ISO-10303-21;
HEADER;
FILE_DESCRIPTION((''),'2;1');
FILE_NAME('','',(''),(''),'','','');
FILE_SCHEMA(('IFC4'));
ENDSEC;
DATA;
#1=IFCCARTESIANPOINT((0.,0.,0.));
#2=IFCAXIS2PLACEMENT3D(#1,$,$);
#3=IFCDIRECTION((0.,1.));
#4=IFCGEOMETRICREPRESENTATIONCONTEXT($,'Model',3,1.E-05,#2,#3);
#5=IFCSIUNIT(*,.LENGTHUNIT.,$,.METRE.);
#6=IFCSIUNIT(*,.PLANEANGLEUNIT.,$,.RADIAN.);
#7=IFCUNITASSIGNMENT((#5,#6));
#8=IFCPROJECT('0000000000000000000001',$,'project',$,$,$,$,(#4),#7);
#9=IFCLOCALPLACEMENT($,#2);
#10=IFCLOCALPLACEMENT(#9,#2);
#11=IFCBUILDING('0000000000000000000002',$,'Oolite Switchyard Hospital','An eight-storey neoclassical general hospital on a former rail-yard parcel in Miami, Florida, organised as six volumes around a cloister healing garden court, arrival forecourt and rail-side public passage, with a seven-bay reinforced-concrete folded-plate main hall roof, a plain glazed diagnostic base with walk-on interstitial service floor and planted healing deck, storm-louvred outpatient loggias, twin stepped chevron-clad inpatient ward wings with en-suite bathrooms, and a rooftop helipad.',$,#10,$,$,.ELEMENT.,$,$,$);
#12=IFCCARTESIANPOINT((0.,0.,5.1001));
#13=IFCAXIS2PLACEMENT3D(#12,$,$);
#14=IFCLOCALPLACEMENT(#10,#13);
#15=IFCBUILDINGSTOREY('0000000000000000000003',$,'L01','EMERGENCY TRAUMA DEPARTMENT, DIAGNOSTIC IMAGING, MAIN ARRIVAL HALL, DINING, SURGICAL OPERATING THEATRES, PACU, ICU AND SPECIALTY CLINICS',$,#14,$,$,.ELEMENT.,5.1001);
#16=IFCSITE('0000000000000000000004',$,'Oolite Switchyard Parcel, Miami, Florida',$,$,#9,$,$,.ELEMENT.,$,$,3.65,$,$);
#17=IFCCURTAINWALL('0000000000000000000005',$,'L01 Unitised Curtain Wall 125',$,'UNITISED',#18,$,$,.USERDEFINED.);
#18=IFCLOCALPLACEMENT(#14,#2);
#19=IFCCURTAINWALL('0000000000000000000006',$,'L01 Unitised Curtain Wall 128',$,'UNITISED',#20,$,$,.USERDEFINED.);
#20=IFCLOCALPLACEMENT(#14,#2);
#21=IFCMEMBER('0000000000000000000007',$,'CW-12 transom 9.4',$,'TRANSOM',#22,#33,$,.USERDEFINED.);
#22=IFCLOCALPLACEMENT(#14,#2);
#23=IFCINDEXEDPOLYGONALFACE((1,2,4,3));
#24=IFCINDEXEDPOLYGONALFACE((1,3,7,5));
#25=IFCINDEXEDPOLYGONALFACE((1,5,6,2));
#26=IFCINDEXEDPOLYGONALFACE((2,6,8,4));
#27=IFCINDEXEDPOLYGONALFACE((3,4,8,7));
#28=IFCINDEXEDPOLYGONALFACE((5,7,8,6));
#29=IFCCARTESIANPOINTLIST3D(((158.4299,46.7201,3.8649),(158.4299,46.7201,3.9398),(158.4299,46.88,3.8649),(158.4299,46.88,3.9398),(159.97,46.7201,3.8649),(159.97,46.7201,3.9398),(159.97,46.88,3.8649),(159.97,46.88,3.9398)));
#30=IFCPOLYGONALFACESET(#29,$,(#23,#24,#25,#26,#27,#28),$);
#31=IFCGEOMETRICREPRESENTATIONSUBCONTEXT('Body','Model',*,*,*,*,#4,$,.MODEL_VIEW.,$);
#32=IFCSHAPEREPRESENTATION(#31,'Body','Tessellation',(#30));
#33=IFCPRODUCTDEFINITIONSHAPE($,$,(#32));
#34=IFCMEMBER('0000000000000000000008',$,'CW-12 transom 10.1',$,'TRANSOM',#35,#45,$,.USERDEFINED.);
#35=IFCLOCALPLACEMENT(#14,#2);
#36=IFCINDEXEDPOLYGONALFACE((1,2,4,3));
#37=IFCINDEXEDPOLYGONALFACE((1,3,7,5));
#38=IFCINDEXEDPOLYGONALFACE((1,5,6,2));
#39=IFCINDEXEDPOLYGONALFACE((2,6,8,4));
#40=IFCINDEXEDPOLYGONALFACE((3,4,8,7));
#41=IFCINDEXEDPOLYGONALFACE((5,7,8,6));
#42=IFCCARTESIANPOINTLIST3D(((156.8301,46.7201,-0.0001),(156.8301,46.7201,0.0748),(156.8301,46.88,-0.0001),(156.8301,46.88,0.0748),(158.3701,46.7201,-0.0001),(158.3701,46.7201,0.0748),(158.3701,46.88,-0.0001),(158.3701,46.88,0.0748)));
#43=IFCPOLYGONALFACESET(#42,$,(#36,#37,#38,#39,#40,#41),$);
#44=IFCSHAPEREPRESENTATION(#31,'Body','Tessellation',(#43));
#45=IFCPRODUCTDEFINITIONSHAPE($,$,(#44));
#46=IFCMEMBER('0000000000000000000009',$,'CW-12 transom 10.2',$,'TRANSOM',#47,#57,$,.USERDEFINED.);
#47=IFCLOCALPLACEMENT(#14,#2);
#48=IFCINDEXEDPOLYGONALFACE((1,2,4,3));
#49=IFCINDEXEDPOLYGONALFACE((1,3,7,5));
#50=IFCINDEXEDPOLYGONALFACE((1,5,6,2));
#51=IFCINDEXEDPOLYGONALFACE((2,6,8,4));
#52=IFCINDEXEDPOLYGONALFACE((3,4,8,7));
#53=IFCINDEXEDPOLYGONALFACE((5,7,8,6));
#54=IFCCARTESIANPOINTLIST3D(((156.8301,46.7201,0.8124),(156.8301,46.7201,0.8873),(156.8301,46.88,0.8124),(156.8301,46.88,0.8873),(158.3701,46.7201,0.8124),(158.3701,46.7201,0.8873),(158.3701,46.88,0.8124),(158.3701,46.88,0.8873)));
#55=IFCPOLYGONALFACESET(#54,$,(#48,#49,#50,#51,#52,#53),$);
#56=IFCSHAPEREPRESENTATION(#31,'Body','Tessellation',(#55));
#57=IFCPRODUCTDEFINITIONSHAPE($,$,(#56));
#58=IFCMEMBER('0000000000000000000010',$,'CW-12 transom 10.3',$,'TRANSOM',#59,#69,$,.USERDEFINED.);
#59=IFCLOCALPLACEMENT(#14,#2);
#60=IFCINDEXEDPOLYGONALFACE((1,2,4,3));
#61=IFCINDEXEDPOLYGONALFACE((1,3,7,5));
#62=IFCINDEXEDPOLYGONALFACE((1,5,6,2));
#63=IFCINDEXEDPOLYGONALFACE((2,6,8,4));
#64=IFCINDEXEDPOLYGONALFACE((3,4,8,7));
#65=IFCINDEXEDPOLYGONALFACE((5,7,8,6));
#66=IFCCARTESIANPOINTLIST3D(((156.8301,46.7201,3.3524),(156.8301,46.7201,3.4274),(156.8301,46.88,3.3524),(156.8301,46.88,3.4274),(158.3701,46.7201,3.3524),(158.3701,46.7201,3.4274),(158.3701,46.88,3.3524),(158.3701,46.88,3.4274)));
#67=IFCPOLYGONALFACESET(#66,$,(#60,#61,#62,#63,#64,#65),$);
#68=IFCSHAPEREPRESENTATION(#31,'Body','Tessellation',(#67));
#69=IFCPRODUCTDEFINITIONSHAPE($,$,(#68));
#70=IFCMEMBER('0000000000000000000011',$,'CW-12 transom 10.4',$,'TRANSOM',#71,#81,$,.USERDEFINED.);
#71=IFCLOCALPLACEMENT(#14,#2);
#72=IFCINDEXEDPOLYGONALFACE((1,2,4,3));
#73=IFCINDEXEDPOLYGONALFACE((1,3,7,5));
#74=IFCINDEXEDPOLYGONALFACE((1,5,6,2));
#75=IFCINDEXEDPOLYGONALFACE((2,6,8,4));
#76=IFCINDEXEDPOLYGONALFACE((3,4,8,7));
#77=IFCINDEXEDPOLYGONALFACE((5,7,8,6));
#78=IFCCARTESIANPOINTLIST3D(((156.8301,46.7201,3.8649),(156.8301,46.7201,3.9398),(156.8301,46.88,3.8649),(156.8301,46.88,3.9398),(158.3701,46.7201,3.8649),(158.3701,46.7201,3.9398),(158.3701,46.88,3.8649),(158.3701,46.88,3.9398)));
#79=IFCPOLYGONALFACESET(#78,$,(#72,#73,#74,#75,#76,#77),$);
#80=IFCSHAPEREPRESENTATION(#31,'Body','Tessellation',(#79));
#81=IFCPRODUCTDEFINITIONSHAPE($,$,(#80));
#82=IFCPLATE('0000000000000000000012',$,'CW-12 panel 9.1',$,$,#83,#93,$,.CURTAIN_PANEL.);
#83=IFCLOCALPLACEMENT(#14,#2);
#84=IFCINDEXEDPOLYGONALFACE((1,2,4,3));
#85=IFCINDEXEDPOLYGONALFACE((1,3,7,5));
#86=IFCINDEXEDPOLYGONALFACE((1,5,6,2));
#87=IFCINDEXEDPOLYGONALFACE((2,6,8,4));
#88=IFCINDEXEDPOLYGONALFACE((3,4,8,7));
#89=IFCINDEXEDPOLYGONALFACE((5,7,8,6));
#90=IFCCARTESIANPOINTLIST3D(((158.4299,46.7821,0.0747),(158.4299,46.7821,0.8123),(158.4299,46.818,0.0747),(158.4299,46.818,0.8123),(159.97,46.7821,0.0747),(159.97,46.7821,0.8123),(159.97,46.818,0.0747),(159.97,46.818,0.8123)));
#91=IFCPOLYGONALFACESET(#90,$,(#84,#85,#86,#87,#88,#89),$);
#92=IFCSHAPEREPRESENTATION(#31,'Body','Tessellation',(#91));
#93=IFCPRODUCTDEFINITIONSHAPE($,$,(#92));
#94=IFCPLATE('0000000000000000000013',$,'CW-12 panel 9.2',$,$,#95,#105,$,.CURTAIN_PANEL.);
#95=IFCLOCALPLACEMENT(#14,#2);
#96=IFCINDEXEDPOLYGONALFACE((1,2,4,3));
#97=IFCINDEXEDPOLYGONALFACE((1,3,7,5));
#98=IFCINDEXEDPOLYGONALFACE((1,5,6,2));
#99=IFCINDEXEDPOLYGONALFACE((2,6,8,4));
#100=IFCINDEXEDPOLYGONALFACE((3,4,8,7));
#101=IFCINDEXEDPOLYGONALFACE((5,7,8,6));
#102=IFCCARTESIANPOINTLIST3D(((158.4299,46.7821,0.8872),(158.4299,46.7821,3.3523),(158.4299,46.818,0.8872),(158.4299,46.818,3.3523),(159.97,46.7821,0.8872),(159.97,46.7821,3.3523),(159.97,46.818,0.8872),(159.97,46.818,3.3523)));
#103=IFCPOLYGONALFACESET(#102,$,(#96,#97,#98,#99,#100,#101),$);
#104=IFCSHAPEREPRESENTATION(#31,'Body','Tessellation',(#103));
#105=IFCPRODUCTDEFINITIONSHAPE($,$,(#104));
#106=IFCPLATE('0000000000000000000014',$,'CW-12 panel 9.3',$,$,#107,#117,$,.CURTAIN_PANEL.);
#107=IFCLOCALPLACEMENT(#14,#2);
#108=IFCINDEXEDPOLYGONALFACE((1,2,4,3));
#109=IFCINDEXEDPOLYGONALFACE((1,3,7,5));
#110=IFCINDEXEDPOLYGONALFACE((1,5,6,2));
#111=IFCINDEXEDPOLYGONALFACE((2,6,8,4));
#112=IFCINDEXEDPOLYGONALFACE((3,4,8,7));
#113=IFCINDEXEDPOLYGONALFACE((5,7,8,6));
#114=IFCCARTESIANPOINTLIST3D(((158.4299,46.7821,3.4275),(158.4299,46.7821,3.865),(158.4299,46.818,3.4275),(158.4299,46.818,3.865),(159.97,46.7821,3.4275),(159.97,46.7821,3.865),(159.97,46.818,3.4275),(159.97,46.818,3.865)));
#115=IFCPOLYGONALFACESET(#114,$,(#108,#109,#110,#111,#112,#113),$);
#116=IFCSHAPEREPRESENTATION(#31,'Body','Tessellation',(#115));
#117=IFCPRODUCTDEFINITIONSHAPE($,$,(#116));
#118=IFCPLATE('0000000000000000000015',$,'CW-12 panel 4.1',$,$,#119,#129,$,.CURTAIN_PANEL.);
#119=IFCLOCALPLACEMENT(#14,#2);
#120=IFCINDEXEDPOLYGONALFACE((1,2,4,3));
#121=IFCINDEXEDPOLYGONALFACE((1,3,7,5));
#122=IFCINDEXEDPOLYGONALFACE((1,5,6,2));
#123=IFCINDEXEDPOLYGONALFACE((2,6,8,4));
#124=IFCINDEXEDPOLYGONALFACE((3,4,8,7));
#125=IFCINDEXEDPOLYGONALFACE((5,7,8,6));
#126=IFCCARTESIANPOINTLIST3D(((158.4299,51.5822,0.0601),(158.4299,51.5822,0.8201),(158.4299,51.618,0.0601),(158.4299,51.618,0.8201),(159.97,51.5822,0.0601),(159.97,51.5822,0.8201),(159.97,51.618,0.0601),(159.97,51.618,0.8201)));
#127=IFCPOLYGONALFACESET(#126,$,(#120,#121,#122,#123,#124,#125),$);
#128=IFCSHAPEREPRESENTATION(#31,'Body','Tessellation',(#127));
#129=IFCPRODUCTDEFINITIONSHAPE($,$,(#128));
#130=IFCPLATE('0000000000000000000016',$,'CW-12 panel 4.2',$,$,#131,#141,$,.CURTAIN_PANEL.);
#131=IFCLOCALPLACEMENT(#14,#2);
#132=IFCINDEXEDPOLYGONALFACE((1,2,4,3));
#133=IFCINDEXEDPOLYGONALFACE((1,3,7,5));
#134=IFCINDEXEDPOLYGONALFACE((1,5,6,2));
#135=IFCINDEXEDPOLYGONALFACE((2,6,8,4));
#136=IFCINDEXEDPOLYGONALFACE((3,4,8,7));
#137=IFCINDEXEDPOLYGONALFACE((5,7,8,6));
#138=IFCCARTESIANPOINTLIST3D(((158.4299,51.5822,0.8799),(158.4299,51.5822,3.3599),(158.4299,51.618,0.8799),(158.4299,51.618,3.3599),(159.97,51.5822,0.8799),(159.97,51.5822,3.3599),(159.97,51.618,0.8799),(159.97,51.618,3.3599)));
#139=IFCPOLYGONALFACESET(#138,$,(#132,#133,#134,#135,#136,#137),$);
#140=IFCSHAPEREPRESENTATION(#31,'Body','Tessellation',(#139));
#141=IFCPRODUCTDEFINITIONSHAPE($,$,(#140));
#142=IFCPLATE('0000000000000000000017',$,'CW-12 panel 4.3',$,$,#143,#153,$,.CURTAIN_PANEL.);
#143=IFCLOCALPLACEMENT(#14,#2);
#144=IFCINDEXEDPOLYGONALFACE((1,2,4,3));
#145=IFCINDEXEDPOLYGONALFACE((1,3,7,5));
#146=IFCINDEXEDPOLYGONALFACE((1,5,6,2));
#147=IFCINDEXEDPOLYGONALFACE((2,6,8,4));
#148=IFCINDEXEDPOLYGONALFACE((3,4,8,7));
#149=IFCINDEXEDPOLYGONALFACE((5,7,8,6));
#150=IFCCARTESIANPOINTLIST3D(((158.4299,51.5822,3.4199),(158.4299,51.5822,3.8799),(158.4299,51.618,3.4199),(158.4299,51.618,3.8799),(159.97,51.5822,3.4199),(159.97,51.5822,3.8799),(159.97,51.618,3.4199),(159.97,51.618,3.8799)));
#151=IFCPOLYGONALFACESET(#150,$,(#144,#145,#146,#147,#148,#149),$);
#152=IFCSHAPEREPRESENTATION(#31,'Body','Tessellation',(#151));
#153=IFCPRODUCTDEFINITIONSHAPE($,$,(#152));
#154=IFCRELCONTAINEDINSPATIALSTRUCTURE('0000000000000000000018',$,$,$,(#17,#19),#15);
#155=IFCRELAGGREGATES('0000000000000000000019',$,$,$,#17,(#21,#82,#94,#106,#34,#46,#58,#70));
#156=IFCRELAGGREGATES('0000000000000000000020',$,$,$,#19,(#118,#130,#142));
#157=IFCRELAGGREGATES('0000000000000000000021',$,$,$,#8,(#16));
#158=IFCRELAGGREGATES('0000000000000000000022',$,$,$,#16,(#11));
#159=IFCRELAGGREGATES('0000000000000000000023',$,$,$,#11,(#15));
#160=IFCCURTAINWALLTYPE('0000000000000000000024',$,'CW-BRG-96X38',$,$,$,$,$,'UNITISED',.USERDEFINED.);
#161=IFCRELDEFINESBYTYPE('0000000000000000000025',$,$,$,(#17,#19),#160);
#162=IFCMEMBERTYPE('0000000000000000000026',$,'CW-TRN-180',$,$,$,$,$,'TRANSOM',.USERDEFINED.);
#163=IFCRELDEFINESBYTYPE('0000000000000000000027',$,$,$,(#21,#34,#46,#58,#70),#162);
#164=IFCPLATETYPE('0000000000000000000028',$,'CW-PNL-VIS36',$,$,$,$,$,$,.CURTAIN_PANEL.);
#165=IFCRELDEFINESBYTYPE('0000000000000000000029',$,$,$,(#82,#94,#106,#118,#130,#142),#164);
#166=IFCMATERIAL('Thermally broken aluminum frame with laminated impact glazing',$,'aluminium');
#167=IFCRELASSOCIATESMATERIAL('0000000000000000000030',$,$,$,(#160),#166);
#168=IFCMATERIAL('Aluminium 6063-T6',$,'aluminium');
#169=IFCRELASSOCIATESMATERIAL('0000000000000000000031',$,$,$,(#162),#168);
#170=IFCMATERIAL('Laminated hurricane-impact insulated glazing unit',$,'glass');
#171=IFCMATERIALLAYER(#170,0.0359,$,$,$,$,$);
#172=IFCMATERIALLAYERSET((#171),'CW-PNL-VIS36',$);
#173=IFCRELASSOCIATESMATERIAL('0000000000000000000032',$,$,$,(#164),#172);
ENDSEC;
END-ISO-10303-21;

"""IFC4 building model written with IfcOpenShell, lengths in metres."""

from ifc_helpers import new_model, si_unit, direction, frame, origin, origin_2d, place, context, subcontext, project, spatial, rectangle, extrude, material, layer, layer_set, material_profile, profile_set, type_object, element, aggregate, save


model = new_model("IFC4")

# Units and contexts
model_context = context("Model", 3, precision=1e-05, world=origin(), true_north=direction((0.0, 1.0)))
body_context = subcontext(model_context, "Body", "Model", "MODEL_VIEW")
ifc_project = project(units=[si_unit("LENGTHUNIT", "METRE"), si_unit("PLANEANGLEUNIT", "RADIAN")], contexts=[model_context])

# Site, building, storey
site_placement = place(None, origin())
site = spatial("IfcSite", under=ifc_project, at=site_placement, Name="Oolite Switchyard Parcel, Miami, Florida", CompositionType="ELEMENT", RefElevation=3.65)
building_placement = place(site_placement, origin())
building = spatial("IfcBuilding", under=site, at=building_placement, Name="Oolite Switchyard Hospital", Description="An eight-storey neoclassical general hospital on a former rail-yard parcel in Miami, Florida, organised as six volumes around a cloister healing garden court, arrival forecourt and rail-side public passage, with a seven-bay reinforced-concrete folded-plate main hall roof, a plain glazed diagnostic base with walk-on interstitial service floor and planted healing deck, storm-louvred outpatient loggias, twin stepped chevron-clad inpatient ward wings with en-suite bathrooms, and a rooftop helipad.", CompositionType="ELEMENT")
storey_placement = place(building_placement, frame((0.0, 0.0, 5.1001)))
storey = spatial("IfcBuildingStorey", under=building, at=storey_placement, Name="L01", Description="EMERGENCY TRAUMA DEPARTMENT, DIAGNOSTIC IMAGING, MAIN ARRIVAL HALL, DINING, SURGICAL OPERATING THEATRES, PACU, ICU AND SPECIALTY CLINICS", CompositionType="ELEMENT", Elevation=5.1001)

# Curtain walls
ifc_material_1 = material(Name="Thermally broken aluminum frame with laminated impact glazing", Category="aluminium")
curtain_wall_type = type_object("IfcCurtainWallType", Name="CW-BRG-96X38", ElementType="UNITISED", PredefinedType="USERDEFINED", material=ifc_material_1)
curtain_wall_1_placement = place(storey_placement, origin())
curtain_wall_1 = element("IfcCurtainWall", 1, at=curtain_wall_1_placement, inside=storey, type_object=curtain_wall_type, Name="L01 Unitised Curtain Wall 125", ObjectType="UNITISED", PredefinedType="USERDEFINED")
ifc_material_2 = material(Name="Aluminium 6063-T6", Category="aluminium")
curtain_wall_2_placement = place(storey_placement, origin())
curtain_wall_2 = element("IfcCurtainWall", 2, at=curtain_wall_2_placement, inside=storey, type_object=curtain_wall_type, Name="L01 Unitised Curtain Wall 128", ObjectType="UNITISED", PredefinedType="USERDEFINED")

# Members
ifc_material_profile_1 = material_profile(ifc_material_2, rectangle(XDim=0.1599, YDim=0.075, at=origin_2d()), Name="CWT75X160")
ifc_profile_set_1 = profile_set([ifc_material_profile_1], Name="Aluminium 6063-T6")
member_type_1 = type_object("IfcMemberType", Name="CW-TRN-180", ElementType="TRANSOM", PredefinedType="USERDEFINED", material=ifc_profile_set_1)
member_1_placement = place(storey_placement, frame((159.97, 46.8, 3.9023), z_axis=(-1.0, 0.0, 0.0), x_axis=(0.0, -1.0, 0.0)))
member_1 = element("IfcMember", 3, at=member_1_placement, type_object=member_type_1, Name="CW-12 transom 9.4", ObjectType="TRANSOM", PredefinedType="USERDEFINED", context=body_context, shape_type="SweptSolid", body=[
    extrude(rectangle(XDim=0.1599, YDim=0.075, at=origin_2d()), origin(), (0.0, 0.0, 1.0), 1.54),
])
member_2_placement = place(storey_placement, frame((158.3701, 46.8, 0.0374), z_axis=(-1.0, 0.0, 0.0), x_axis=(0.0, -1.0, 0.0)))
member_2 = element("IfcMember", 4, at=member_2_placement, type_object=member_type_1, Name="CW-12 transom 10.1", ObjectType="TRANSOM", PredefinedType="USERDEFINED", context=body_context, shape_type="SweptSolid", body=[
    extrude(rectangle(XDim=0.1599, YDim=0.075, at=origin_2d()), origin(), (0.0, 0.0, 1.0), 1.54),
])
member_3_placement = place(storey_placement, frame((158.3701, 46.8, 0.8499), z_axis=(-1.0, 0.0, 0.0), x_axis=(0.0, -1.0, 0.0)))
member_3 = element("IfcMember", 5, at=member_3_placement, type_object=member_type_1, Name="CW-12 transom 10.2", ObjectType="TRANSOM", PredefinedType="USERDEFINED", context=body_context, shape_type="SweptSolid", body=[
    extrude(rectangle(XDim=0.1599, YDim=0.075, at=origin_2d()), origin(), (0.0, 0.0, 1.0), 1.54),
])
member_4_placement = place(storey_placement, frame((158.3701, 46.8, 3.3899), z_axis=(-1.0, 0.0, 0.0), x_axis=(0.0, -1.0, 0.0)))
member_4 = element("IfcMember", 6, at=member_4_placement, type_object=member_type_1, Name="CW-12 transom 10.3", ObjectType="TRANSOM", PredefinedType="USERDEFINED", context=body_context, shape_type="SweptSolid", body=[
    extrude(rectangle(XDim=0.1599, YDim=0.075, at=origin_2d()), origin(), (0.0, 0.0, 1.0), 1.54),
])
member_5_placement = place(storey_placement, frame((158.3701, 46.8, 3.9023), z_axis=(-1.0, 0.0, 0.0), x_axis=(0.0, -1.0, 0.0)))
member_5 = element("IfcMember", 7, at=member_5_placement, type_object=member_type_1, Name="CW-12 transom 10.4", ObjectType="TRANSOM", PredefinedType="USERDEFINED", context=body_context, shape_type="SweptSolid", body=[
    extrude(rectangle(XDim=0.1599, YDim=0.075, at=origin_2d()), origin(), (0.0, 0.0, 1.0), 1.54),
])

# Plates
ifc_material_3 = material(Name="Laminated hurricane-impact insulated glazing unit", Category="glass")
ifc_layer = layer(ifc_material_3, 0.0359)
ifc_layer_set = layer_set([ifc_layer], Name="CW-PNL-VIS36")
plate_type = type_object("IfcPlateType", Name="CW-PNL-VIS36", PredefinedType="CURTAIN_PANEL", material=ifc_layer_set)
plate_1_placement = place(storey_placement, frame((159.2, 46.8, 0.0747), z_axis=(0.0, 0.0, 1.0), x_axis=(-1.0, 0.0, 0.0)))
plate_1 = element("IfcPlate", 8, at=plate_1_placement, type_object=plate_type, Name="CW-12 panel 9.1", PredefinedType="CURTAIN_PANEL", context=body_context, shape_type="SweptSolid", body=[
    extrude(rectangle(XDim=1.54, YDim=0.0359, at=origin_2d()), origin(), (0.0, 0.0, 1.0), 0.7375),
])
plate_2_placement = place(storey_placement, frame((159.2, 46.8, 0.8872), z_axis=(0.0, 0.0, 1.0), x_axis=(-1.0, 0.0, 0.0)))
plate_2 = element("IfcPlate", 9, at=plate_2_placement, type_object=plate_type, Name="CW-12 panel 9.2", PredefinedType="CURTAIN_PANEL", context=body_context, shape_type="SweptSolid", body=[
    extrude(rectangle(XDim=1.54, YDim=0.0359, at=origin_2d()), origin(), (0.0, 0.0, 1.0), 2.4651),
])
plate_3_placement = place(storey_placement, frame((159.2, 46.8, 3.4275), z_axis=(0.0, 0.0, 1.0), x_axis=(-1.0, 0.0, 0.0)))
plate_3 = element("IfcPlate", 10, at=plate_3_placement, type_object=plate_type, Name="CW-12 panel 9.3", PredefinedType="CURTAIN_PANEL", context=body_context, shape_type="SweptSolid", body=[
    extrude(rectangle(XDim=1.54, YDim=0.0359, at=origin_2d()), origin(), (0.0, 0.0, 1.0), 0.4375),
])
aggregate(curtain_wall_1, [member_1, plate_1, plate_2, plate_3, member_2, member_3, member_4, member_5])
plate_4_placement = place(storey_placement, frame((159.2, 51.6001, 0.0601), z_axis=(0.0, 0.0, 1.0), x_axis=(1.0, 0.0, 0.0)))
plate_4 = element("IfcPlate", 11, at=plate_4_placement, type_object=plate_type, Name="CW-12 panel 4.1", PredefinedType="CURTAIN_PANEL", context=body_context, shape_type="SweptSolid", body=[
    extrude(rectangle(XDim=1.54, YDim=0.0359, at=origin_2d()), origin(), (0.0, 0.0, 1.0), 0.76),
])
plate_5_placement = place(storey_placement, frame((159.2, 51.6001, 0.8799), z_axis=(0.0, 0.0, 1.0), x_axis=(1.0, 0.0, 0.0)))
plate_5 = element("IfcPlate", 12, at=plate_5_placement, type_object=plate_type, Name="CW-12 panel 4.2", PredefinedType="CURTAIN_PANEL", context=body_context, shape_type="SweptSolid", body=[
    extrude(rectangle(XDim=1.54, YDim=0.0359, at=origin_2d()), origin(), (0.0, 0.0, 1.0), 2.48),
])
plate_6_placement = place(storey_placement, frame((159.2, 51.6001, 3.4199), z_axis=(0.0, 0.0, 1.0), x_axis=(1.0, 0.0, 0.0)))
plate_6 = element("IfcPlate", 13, at=plate_6_placement, type_object=plate_type, Name="CW-12 panel 4.3", PredefinedType="CURTAIN_PANEL", context=body_context, shape_type="SweptSolid", body=[
    extrude(rectangle(XDim=1.54, YDim=0.0359, at=origin_2d()), origin(), (0.0, 0.0, 1.0), 0.46),
])
aggregate(curtain_wall_2, [plate_4, plate_5, plate_6])

save(model, "model.ifc")
